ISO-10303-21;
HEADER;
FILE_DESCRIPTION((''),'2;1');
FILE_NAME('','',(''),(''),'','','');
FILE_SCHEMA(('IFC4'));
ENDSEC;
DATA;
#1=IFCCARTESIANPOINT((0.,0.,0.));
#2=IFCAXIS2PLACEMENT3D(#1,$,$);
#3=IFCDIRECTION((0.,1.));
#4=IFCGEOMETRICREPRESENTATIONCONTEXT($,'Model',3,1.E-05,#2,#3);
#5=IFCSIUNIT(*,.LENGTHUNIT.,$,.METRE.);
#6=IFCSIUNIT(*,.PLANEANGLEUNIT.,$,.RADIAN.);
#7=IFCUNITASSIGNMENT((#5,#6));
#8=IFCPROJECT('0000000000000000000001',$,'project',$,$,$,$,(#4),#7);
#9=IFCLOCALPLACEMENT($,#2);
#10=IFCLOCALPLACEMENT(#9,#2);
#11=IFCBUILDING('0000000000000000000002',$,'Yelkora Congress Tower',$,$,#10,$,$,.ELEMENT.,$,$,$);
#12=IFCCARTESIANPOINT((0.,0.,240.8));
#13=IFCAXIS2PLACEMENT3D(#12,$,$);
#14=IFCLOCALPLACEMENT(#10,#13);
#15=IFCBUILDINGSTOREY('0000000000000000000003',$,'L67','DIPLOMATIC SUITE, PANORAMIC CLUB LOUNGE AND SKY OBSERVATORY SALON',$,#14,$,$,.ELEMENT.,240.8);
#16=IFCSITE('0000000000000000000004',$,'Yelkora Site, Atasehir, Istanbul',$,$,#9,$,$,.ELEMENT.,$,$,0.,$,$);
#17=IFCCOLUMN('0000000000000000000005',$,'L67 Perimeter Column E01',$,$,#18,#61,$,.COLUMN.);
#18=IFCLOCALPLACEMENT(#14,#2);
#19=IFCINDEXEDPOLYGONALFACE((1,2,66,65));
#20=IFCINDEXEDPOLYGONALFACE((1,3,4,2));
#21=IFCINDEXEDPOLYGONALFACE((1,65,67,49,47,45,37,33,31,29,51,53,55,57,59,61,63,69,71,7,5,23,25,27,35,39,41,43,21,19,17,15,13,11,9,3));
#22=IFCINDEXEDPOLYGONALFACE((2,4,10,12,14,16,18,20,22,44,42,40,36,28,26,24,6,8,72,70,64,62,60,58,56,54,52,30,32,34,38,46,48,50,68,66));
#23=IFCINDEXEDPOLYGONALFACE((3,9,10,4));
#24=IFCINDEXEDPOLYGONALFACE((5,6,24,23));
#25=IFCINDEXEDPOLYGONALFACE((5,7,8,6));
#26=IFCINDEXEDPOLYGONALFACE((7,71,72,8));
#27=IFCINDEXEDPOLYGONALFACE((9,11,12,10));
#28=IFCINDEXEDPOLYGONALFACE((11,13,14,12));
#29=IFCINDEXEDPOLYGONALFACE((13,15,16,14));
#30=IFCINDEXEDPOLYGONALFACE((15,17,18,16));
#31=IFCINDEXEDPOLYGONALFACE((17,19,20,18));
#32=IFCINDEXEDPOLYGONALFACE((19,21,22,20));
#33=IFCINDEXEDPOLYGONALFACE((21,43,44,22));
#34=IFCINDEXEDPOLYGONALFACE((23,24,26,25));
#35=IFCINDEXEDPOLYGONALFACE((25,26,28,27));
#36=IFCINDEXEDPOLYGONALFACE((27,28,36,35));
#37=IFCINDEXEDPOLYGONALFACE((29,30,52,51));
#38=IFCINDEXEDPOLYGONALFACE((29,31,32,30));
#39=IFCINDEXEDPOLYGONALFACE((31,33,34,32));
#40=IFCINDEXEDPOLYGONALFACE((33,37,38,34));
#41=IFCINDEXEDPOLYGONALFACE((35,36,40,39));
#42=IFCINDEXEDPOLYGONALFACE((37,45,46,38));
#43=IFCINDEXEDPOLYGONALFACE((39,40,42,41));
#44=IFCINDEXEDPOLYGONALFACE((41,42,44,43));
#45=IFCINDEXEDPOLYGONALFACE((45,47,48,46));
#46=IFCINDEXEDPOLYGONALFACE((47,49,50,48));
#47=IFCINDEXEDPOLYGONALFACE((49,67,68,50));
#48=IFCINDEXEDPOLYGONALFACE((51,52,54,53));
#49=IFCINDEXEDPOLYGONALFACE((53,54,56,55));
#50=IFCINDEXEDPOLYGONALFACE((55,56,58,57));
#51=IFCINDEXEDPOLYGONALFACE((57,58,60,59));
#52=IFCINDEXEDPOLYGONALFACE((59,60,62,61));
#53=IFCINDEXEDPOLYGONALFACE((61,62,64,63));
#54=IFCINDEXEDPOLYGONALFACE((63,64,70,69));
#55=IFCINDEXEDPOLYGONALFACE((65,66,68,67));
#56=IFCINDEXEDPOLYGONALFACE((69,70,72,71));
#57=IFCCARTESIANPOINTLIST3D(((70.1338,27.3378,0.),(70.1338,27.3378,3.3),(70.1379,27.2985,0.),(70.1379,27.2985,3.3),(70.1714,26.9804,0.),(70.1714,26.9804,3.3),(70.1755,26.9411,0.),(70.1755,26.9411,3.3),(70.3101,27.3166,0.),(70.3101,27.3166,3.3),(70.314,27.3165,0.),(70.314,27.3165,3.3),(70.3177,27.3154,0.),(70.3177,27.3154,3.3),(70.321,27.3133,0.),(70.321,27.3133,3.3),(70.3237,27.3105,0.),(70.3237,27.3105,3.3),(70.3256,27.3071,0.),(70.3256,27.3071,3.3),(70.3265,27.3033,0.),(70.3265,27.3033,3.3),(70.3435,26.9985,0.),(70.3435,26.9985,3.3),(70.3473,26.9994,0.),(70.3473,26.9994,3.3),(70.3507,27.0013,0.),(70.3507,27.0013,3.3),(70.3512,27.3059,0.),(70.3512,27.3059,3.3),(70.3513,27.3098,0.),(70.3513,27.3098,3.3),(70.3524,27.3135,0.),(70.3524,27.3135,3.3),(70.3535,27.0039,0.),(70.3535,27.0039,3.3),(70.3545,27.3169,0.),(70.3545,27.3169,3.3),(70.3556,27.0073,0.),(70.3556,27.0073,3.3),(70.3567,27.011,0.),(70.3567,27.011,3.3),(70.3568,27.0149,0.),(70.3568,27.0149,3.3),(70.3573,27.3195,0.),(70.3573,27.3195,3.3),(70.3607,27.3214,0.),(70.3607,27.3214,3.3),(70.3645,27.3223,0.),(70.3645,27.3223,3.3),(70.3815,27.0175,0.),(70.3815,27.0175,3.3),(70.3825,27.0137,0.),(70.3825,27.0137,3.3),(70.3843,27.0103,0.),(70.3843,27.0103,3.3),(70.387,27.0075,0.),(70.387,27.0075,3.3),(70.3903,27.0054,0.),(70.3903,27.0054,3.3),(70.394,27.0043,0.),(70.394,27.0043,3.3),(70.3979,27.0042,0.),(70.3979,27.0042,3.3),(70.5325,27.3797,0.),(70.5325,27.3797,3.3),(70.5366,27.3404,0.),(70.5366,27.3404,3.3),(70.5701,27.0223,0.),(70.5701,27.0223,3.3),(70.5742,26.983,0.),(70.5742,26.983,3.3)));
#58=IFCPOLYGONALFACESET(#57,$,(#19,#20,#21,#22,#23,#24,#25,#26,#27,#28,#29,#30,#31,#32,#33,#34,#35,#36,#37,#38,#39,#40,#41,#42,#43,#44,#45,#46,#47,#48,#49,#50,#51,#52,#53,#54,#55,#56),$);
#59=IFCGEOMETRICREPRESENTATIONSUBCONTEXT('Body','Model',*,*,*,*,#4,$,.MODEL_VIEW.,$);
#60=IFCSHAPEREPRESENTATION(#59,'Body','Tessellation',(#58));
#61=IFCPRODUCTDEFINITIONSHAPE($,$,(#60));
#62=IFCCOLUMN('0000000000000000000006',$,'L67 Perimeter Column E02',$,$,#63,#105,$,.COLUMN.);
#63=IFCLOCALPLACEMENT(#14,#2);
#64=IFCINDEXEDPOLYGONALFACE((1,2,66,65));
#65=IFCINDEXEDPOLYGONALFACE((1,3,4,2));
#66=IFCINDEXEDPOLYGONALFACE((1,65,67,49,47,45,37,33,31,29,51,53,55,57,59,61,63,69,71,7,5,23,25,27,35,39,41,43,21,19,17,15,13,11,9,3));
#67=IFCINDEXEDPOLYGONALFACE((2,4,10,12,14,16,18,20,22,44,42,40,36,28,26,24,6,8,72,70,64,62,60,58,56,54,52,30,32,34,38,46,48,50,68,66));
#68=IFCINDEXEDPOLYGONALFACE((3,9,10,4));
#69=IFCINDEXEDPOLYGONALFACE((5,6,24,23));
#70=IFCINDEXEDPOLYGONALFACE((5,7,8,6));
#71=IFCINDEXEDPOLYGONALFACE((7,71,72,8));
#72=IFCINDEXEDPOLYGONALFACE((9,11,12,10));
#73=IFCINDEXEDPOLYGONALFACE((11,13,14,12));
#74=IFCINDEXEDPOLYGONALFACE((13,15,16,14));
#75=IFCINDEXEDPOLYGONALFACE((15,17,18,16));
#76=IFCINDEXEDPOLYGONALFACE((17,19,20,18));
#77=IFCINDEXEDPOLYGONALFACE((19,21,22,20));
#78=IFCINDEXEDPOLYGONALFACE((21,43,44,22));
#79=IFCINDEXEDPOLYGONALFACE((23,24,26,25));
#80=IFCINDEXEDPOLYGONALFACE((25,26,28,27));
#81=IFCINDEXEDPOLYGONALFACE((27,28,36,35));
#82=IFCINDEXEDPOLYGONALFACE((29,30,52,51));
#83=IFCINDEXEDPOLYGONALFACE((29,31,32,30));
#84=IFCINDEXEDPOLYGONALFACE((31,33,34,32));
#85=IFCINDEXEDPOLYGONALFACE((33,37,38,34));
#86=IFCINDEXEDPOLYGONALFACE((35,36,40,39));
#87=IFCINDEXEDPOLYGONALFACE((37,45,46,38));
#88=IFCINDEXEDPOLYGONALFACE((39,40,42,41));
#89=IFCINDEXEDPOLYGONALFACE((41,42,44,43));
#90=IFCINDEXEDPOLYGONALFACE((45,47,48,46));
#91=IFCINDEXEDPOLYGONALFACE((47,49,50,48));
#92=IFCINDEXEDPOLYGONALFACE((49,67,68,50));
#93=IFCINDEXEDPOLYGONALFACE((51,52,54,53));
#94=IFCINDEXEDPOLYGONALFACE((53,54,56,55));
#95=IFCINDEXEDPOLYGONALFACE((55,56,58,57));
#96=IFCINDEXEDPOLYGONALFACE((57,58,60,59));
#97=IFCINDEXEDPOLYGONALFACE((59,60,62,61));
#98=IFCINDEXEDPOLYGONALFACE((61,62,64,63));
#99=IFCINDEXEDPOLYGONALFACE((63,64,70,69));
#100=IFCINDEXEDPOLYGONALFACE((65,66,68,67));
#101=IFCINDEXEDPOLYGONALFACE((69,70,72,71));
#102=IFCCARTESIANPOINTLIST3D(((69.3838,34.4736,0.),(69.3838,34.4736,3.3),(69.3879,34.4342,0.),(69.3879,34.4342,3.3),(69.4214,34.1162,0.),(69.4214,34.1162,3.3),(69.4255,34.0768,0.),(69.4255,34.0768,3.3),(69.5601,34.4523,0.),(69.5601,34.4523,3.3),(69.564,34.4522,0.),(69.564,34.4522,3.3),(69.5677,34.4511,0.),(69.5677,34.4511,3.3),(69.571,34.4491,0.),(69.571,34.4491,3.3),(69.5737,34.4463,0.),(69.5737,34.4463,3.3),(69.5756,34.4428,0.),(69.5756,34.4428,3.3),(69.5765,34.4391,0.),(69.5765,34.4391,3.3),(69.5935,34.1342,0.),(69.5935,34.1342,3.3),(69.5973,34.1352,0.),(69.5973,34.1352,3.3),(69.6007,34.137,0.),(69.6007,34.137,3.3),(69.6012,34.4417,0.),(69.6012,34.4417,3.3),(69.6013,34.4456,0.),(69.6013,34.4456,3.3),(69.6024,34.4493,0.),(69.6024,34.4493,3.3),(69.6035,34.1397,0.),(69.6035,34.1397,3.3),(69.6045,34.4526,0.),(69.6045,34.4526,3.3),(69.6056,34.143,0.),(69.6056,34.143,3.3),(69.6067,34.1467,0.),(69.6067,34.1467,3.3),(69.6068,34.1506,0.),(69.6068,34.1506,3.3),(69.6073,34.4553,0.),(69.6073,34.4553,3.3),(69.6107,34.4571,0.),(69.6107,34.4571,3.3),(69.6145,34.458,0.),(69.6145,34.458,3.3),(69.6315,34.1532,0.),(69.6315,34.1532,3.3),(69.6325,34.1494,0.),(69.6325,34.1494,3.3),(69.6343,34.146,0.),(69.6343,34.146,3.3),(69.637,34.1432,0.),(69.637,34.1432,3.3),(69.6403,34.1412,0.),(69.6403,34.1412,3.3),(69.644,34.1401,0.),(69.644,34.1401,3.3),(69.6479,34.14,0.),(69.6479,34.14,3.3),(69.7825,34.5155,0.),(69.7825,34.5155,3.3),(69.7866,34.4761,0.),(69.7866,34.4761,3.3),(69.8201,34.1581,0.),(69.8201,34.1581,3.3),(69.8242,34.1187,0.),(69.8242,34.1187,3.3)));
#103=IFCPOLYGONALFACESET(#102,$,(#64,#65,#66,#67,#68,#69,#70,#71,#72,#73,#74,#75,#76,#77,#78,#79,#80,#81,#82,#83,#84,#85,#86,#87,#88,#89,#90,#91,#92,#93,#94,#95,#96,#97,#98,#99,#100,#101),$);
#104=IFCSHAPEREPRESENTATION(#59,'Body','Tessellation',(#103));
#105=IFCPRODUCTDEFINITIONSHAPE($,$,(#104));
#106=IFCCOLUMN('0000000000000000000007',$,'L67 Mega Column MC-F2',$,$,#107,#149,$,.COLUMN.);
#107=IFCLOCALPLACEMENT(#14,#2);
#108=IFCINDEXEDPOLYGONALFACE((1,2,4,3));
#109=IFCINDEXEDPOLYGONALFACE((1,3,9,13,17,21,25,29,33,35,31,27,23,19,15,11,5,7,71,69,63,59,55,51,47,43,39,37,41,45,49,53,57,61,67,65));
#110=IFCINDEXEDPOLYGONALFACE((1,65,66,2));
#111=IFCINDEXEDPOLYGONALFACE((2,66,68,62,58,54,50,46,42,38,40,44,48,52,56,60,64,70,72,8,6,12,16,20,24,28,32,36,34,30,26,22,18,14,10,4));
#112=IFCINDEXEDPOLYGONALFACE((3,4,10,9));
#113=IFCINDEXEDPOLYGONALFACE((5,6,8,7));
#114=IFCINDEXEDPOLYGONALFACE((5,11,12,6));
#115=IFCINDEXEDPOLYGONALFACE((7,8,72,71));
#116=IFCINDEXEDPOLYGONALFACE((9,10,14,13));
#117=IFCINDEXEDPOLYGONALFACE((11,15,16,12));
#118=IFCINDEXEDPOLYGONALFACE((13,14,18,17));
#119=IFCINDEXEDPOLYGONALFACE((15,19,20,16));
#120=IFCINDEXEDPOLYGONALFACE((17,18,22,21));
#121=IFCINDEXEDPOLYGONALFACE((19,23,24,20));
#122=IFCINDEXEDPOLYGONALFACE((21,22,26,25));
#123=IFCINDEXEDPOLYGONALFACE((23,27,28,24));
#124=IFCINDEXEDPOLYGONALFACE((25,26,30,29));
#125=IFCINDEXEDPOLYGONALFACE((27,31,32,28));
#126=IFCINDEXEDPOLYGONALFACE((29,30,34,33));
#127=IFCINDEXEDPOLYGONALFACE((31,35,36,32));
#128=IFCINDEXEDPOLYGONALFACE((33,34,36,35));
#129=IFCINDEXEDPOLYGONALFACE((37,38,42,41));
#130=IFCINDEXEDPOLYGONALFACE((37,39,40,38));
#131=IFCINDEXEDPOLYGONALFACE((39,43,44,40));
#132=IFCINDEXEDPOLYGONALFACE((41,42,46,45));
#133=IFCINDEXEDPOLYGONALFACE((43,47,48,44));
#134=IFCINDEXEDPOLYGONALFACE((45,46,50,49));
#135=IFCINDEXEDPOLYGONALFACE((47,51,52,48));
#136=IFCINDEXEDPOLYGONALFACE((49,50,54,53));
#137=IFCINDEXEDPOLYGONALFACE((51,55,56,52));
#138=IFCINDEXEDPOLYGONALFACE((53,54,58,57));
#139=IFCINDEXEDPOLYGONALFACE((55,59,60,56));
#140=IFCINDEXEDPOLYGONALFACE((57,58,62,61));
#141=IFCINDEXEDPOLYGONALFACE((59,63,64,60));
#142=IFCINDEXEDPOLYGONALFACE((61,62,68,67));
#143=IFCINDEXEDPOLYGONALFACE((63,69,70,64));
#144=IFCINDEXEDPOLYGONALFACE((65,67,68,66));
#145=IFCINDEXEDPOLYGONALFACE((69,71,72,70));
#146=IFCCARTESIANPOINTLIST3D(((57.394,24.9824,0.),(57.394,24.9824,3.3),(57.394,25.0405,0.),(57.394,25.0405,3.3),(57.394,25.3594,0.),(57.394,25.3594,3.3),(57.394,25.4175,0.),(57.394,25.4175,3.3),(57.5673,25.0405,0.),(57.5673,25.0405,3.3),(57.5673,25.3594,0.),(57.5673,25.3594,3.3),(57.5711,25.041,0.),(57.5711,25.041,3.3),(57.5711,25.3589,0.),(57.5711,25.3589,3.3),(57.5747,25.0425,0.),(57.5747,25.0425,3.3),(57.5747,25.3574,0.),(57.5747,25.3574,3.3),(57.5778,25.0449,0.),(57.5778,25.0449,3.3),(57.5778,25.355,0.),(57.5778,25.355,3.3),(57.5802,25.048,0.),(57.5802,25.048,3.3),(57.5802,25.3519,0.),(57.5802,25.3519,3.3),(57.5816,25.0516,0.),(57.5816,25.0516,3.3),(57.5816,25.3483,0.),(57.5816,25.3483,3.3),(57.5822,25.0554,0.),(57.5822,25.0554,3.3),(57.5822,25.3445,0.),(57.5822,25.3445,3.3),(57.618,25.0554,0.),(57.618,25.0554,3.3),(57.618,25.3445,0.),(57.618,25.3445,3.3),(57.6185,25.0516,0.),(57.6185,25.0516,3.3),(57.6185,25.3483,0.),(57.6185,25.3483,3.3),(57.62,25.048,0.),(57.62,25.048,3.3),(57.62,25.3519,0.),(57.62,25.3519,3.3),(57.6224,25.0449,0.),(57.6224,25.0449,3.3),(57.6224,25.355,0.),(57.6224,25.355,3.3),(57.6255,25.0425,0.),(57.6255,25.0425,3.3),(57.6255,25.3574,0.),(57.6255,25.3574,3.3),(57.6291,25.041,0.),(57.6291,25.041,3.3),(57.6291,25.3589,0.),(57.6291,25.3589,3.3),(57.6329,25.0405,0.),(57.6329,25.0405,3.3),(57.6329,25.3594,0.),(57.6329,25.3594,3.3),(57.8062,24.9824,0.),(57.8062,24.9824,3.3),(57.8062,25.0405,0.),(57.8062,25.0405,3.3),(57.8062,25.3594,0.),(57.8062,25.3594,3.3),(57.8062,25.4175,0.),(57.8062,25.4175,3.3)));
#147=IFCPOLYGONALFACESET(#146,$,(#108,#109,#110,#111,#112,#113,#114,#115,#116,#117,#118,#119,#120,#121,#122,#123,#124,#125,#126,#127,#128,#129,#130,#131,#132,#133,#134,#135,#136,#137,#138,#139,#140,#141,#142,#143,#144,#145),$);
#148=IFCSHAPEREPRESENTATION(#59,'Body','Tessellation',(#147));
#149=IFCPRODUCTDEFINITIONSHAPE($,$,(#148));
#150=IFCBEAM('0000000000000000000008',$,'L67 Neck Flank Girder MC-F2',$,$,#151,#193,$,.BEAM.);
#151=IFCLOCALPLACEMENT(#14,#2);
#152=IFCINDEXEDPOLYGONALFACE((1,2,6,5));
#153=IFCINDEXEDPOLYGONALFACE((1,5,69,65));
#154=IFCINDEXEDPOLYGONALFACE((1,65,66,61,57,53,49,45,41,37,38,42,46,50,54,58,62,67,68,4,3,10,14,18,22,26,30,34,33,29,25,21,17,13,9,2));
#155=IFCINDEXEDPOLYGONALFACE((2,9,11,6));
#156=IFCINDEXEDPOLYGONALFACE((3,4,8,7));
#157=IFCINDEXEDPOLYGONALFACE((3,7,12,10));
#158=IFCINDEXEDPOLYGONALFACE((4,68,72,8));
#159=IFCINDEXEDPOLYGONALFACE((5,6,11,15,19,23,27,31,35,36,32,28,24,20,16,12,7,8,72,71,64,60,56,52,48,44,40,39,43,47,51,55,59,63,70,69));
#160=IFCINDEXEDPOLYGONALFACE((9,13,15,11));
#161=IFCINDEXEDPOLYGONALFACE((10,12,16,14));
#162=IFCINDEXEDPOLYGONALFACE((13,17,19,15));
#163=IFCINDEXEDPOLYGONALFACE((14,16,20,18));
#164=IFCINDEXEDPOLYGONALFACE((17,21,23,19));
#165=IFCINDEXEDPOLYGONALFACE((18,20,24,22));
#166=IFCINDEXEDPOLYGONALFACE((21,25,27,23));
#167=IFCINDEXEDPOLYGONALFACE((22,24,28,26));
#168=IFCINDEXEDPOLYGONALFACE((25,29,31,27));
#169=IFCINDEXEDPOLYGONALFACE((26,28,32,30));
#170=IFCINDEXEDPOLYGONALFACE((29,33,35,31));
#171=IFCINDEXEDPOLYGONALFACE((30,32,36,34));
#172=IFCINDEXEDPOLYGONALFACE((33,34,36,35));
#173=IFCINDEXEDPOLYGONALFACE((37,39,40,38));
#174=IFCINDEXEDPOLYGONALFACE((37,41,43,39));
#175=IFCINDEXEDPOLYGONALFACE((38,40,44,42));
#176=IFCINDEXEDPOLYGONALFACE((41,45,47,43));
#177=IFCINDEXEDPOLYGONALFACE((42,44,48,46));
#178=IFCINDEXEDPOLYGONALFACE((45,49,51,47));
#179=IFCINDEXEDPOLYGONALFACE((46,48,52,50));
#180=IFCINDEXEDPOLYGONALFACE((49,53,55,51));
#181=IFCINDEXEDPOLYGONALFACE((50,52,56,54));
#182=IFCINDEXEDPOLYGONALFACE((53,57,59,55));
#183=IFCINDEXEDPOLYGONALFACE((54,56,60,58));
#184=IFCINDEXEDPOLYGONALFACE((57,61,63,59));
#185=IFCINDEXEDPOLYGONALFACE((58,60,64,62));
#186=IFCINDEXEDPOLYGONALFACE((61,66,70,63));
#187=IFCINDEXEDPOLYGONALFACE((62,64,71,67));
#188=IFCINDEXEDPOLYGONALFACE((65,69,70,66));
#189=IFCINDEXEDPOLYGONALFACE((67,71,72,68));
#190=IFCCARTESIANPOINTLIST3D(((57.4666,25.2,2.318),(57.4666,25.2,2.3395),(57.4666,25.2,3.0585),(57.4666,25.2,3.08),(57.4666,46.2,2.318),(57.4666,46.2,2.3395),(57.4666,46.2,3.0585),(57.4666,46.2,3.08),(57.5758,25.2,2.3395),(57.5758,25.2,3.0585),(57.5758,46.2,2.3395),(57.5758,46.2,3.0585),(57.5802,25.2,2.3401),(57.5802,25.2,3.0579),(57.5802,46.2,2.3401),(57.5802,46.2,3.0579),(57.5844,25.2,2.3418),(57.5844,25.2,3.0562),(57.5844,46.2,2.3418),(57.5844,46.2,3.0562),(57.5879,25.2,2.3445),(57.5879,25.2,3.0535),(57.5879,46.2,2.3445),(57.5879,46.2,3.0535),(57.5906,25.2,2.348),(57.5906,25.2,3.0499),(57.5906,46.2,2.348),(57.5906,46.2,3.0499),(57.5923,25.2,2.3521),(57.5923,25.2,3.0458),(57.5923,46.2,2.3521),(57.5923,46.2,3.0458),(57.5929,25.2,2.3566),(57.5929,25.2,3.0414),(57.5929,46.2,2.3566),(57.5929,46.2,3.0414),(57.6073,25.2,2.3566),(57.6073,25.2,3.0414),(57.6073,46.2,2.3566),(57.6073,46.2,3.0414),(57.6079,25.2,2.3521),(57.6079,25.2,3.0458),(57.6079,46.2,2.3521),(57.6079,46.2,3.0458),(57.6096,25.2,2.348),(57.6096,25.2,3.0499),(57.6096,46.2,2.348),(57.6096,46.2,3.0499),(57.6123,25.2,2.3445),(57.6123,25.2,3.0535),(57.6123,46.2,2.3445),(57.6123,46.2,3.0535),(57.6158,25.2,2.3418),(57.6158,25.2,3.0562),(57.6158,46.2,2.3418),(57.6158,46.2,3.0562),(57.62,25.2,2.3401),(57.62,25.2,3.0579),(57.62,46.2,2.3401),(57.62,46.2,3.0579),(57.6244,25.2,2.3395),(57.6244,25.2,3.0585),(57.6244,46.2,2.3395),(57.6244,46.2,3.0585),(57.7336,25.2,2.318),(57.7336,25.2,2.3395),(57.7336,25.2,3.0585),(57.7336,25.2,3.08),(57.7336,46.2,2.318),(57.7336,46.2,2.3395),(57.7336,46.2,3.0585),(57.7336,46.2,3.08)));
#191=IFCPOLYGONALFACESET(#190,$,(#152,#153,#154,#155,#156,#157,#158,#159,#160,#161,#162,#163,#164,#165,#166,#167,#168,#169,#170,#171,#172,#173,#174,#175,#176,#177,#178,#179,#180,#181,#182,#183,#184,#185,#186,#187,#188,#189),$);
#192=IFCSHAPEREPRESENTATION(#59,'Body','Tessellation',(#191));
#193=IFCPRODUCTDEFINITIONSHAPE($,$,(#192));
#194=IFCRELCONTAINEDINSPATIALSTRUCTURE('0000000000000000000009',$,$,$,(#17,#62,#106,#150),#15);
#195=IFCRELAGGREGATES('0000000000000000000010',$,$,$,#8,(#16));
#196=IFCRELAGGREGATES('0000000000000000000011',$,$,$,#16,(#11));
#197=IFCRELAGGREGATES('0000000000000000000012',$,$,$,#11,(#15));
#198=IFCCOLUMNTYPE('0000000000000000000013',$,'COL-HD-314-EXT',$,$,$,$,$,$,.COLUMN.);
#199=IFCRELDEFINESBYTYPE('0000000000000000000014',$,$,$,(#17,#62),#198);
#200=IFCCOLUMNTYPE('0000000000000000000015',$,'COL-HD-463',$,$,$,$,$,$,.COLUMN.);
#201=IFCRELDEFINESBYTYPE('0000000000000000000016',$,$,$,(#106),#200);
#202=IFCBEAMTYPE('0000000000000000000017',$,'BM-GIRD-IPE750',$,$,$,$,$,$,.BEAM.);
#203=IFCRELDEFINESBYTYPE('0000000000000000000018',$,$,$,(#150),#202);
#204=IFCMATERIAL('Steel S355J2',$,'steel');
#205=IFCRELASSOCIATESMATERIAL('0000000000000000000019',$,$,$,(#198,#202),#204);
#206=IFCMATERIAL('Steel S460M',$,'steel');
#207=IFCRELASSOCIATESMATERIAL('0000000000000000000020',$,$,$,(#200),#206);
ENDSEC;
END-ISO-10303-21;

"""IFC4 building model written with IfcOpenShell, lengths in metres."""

from ifc_helpers import new_model, si_unit, direction, frame, origin, origin_2d, place, context, subcontext, project, spatial, i_section, extrude, material, material_profile, profile_set, type_object, element, save


model = new_model("IFC4")

# Units and contexts
model_context = context("Model", 3, precision=1e-05, world=origin(), true_north=direction((0.0, 1.0)))
body_context = subcontext(model_context, "Body", "Model", "MODEL_VIEW")
ifc_project = project(units=[si_unit("LENGTHUNIT", "METRE"), si_unit("PLANEANGLEUNIT", "RADIAN")], contexts=[model_context])

# Site, building, storey
site_placement = place(None, origin())
site = spatial("IfcSite", under=ifc_project, at=site_placement, Name="Yelkora Site, Atasehir, Istanbul", CompositionType="ELEMENT", RefElevation=0.0)
building_placement = place(site_placement, origin())
building = spatial("IfcBuilding", under=site, at=building_placement, Name="Yelkora Congress Tower", CompositionType="ELEMENT")
storey_placement = place(building_placement, frame((0.0, 0.0, 240.8)))
storey = spatial("IfcBuildingStorey", under=building, at=storey_placement, Name="L67", Description="DIPLOMATIC SUITE, PANORAMIC CLUB LOUNGE AND SKY OBSERVATORY SALON", CompositionType="ELEMENT", Elevation=240.8)

# Columns
ifc_material_1 = material(Name="Steel S355J2", Category="steel")
ifc_material_profile_1 = material_profile(ifc_material_1, i_section(OverallWidth=0.4009, OverallDepth=0.3989, WebThickness=0.0249, FlangeThickness=0.0396, FilletRadius=0.0149, at=origin_2d()), Name="HD 400x314")
ifc_profile_set_1 = profile_set([ifc_material_profile_1], Name="Steel S355J2")
column_type_1 = type_object("IfcColumnType", Name="COL-HD-314-EXT", PredefinedType="COLUMN", material=ifc_profile_set_1)
for number, where, z_axis, x_axis, name in (
    (1, (70.354, 27.1604, 0.0), (0.0, 0.0, 1.0), (0.994522, 0.104528, 0.0), "L67 Perimeter Column E01"),
    (2, (69.604, 34.2961, 0.0), (0.0, 0.0, 1.0), (0.994522, 0.104528, 0.0), "L67 Perimeter Column E02"),
):
    element("IfcColumn", number, at=place(storey_placement, frame(where, z_axis=z_axis, x_axis=x_axis)), inside=storey, type_object=column_type_1, Name=name, PredefinedType="COLUMN", context=body_context, shape_type="SweptSolid", body=[
        extrude(i_section(OverallWidth=0.4009, OverallDepth=0.3989, WebThickness=0.0249, FlangeThickness=0.0396, FilletRadius=0.0149, at=origin_2d()), origin(), (0.0, 0.0, 1.0), 3.3),
    ])
ifc_material_2 = material(Name="Steel S460M", Category="steel")
ifc_material_profile_2 = material_profile(ifc_material_2, i_section(OverallWidth=0.4121, OverallDepth=0.4351, WebThickness=0.0359, FlangeThickness=0.0581, FilletRadius=0.0149, at=origin_2d()), Name="HD 400x463")
ifc_profile_set_2 = profile_set([ifc_material_profile_2], Name="Steel S460M")
column_type_2 = type_object("IfcColumnType", Name="COL-HD-463", PredefinedType="COLUMN", material=ifc_profile_set_2)
column_placement = place(storey_placement, frame((57.6001, 25.2, 0.0), z_axis=(0.0, 0.0, 1.0), x_axis=(1.0, 0.0, 0.0)))
element("IfcColumn", 3, at=column_placement, inside=storey, type_object=column_type_2, Name="L67 Mega Column MC-F2", PredefinedType="COLUMN", context=body_context, shape_type="SweptSolid", body=[
    extrude(i_section(OverallWidth=0.4121, OverallDepth=0.4351, WebThickness=0.0359, FlangeThickness=0.0581, FilletRadius=0.0149, at=origin_2d()), origin(), (0.0, 0.0, 1.0), 3.3),
])

# Beam
ifc_material_profile_3 = material_profile(ifc_material_1, i_section(OverallWidth=0.2671, OverallDepth=0.762, WebThickness=0.0144, FlangeThickness=0.0215, FilletRadius=0.0171, at=origin_2d()), Name="IPE 750x173")
ifc_profile_set_3 = profile_set([ifc_material_profile_3], Name="Steel S355J2")
beam_type_1 = type_object("IfcBeamType", Name="BM-GIRD-IPE750", PredefinedType="BEAM", material=ifc_profile_set_3)
beam_1_placement = place(storey_placement, frame((57.6001, 25.2, 2.699), z_axis=(0.0, 1.0, 0.0), x_axis=(-1.0, 0.0, 0.0)))
element("IfcBeam", 4, at=beam_1_placement, inside=storey, type_object=beam_type_1, Name="L67 Neck Flank Girder MC-F2", PredefinedType="BEAM", context=body_context, shape_type="SweptSolid", body=[
    extrude(i_section(OverallWidth=0.2671, OverallDepth=0.762, WebThickness=0.0144, FlangeThickness=0.0215, FilletRadius=0.0171, at=origin_2d()), origin(), (0.0, 0.0, 1.0), 21.0),
])

save(model, "model.ifc")
